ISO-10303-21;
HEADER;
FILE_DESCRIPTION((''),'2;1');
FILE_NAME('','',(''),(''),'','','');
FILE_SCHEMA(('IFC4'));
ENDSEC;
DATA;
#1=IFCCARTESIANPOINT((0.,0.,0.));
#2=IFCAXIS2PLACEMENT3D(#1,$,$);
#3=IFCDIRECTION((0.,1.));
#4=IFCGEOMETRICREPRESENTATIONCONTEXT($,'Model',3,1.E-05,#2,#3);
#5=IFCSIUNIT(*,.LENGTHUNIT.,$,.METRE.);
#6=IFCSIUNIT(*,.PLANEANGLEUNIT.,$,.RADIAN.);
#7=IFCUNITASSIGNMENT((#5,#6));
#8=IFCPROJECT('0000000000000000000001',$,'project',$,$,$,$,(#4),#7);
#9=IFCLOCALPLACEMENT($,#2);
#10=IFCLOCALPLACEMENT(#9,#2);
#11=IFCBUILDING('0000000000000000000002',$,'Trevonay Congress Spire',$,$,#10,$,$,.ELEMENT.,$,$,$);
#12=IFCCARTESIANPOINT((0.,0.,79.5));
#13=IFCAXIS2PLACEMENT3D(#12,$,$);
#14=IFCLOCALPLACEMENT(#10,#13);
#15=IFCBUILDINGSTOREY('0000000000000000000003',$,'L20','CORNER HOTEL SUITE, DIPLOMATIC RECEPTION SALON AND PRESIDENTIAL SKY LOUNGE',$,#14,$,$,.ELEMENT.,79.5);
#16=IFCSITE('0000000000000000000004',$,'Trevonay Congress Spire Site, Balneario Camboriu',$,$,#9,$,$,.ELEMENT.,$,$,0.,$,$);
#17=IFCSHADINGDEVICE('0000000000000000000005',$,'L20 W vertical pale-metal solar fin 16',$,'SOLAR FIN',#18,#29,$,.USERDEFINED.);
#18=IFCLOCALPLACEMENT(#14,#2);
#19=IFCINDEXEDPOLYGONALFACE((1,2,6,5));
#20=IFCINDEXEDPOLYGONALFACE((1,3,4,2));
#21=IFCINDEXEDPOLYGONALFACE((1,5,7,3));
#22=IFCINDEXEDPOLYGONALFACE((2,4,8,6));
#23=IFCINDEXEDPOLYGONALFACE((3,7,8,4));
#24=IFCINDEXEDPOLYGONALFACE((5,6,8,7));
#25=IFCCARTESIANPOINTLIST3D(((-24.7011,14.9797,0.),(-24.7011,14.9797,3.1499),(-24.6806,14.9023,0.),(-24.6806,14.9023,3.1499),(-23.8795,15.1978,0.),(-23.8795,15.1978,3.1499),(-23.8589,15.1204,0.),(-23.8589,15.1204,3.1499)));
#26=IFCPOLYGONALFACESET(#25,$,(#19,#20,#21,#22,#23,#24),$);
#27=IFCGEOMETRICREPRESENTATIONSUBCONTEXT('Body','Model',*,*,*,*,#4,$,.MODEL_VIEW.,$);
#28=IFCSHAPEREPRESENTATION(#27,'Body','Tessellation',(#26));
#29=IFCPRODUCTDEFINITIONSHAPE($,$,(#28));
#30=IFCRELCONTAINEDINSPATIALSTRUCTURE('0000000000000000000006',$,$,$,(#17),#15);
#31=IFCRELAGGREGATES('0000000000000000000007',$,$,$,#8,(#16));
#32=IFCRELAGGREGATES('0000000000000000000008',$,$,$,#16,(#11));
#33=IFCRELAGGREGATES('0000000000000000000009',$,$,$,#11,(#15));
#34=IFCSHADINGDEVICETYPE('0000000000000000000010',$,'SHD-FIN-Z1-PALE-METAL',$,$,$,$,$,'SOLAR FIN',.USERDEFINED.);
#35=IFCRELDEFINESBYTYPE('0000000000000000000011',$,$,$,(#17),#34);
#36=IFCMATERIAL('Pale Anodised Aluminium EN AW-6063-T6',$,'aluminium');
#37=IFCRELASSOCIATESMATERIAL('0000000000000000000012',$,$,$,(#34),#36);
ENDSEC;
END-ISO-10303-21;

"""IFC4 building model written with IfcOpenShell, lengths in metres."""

from ifc_helpers import new_model, si_unit, direction, frame, origin, origin_2d, place, context, subcontext, project, spatial, rectangle, extrude, material, type_object, element, save


model = new_model("IFC4")

# Units and contexts
model_context = context("Model", 3, precision=1e-05, world=origin(), true_north=direction((0.0, 1.0)))
body_context = subcontext(model_context, "Body", "Model", "MODEL_VIEW")
ifc_project = project(units=[si_unit("LENGTHUNIT", "METRE"), si_unit("PLANEANGLEUNIT", "RADIAN")], contexts=[model_context])

# Site, building, storey
site_placement = place(None, origin())
site = spatial("IfcSite", under=ifc_project, at=site_placement, Name="Trevonay Congress Spire Site, Balneario Camboriu", CompositionType="ELEMENT", RefElevation=0.0)
building_placement = place(site_placement, origin())
building = spatial("IfcBuilding", under=site, at=building_placement, Name="Trevonay Congress Spire", CompositionType="ELEMENT")
storey_placement = place(building_placement, frame((0.0, 0.0, 79.5)))
storey = spatial("IfcBuildingStorey", under=building, at=storey_placement, Name="L20", Description="CORNER HOTEL SUITE, DIPLOMATIC RECEPTION SALON AND PRESIDENTIAL SKY LOUNGE", CompositionType="ELEMENT", Elevation=79.5)

# Shared definitions
ifc_material_1 = material(Name="Pale Anodised Aluminium EN AW-6063-T6", Category="aluminium")

# Shading device
shading_device_type = type_object("IfcShadingDeviceType", Name="SHD-FIN-Z1-PALE-METAL", ElementType="SOLAR FIN", PredefinedType="USERDEFINED", material=ifc_material_1)
for number, where, z_axis, x_axis, name in (
    (1, (-24.28, 15.05, 0.0), (0.0, 0.0, 1.0), (-0.256627, 0.966511, 0.0), "L20 W vertical pale-metal solar fin 16"),
):
    element("IfcShadingDevice", number, at=place(storey_placement, frame(where, z_axis=z_axis, x_axis=x_axis)), inside=storey, type_object=shading_device_type, Name=name, ObjectType="SOLAR FIN", PredefinedType="USERDEFINED", context=body_context, shape_type="SweptSolid", body=[
        extrude(rectangle(XDim=0.0801, YDim=0.8501, at=origin_2d()), origin(), (0.0, 0.0, 1.0), 3.1499),
    ])

save(model, "model.ifc")
